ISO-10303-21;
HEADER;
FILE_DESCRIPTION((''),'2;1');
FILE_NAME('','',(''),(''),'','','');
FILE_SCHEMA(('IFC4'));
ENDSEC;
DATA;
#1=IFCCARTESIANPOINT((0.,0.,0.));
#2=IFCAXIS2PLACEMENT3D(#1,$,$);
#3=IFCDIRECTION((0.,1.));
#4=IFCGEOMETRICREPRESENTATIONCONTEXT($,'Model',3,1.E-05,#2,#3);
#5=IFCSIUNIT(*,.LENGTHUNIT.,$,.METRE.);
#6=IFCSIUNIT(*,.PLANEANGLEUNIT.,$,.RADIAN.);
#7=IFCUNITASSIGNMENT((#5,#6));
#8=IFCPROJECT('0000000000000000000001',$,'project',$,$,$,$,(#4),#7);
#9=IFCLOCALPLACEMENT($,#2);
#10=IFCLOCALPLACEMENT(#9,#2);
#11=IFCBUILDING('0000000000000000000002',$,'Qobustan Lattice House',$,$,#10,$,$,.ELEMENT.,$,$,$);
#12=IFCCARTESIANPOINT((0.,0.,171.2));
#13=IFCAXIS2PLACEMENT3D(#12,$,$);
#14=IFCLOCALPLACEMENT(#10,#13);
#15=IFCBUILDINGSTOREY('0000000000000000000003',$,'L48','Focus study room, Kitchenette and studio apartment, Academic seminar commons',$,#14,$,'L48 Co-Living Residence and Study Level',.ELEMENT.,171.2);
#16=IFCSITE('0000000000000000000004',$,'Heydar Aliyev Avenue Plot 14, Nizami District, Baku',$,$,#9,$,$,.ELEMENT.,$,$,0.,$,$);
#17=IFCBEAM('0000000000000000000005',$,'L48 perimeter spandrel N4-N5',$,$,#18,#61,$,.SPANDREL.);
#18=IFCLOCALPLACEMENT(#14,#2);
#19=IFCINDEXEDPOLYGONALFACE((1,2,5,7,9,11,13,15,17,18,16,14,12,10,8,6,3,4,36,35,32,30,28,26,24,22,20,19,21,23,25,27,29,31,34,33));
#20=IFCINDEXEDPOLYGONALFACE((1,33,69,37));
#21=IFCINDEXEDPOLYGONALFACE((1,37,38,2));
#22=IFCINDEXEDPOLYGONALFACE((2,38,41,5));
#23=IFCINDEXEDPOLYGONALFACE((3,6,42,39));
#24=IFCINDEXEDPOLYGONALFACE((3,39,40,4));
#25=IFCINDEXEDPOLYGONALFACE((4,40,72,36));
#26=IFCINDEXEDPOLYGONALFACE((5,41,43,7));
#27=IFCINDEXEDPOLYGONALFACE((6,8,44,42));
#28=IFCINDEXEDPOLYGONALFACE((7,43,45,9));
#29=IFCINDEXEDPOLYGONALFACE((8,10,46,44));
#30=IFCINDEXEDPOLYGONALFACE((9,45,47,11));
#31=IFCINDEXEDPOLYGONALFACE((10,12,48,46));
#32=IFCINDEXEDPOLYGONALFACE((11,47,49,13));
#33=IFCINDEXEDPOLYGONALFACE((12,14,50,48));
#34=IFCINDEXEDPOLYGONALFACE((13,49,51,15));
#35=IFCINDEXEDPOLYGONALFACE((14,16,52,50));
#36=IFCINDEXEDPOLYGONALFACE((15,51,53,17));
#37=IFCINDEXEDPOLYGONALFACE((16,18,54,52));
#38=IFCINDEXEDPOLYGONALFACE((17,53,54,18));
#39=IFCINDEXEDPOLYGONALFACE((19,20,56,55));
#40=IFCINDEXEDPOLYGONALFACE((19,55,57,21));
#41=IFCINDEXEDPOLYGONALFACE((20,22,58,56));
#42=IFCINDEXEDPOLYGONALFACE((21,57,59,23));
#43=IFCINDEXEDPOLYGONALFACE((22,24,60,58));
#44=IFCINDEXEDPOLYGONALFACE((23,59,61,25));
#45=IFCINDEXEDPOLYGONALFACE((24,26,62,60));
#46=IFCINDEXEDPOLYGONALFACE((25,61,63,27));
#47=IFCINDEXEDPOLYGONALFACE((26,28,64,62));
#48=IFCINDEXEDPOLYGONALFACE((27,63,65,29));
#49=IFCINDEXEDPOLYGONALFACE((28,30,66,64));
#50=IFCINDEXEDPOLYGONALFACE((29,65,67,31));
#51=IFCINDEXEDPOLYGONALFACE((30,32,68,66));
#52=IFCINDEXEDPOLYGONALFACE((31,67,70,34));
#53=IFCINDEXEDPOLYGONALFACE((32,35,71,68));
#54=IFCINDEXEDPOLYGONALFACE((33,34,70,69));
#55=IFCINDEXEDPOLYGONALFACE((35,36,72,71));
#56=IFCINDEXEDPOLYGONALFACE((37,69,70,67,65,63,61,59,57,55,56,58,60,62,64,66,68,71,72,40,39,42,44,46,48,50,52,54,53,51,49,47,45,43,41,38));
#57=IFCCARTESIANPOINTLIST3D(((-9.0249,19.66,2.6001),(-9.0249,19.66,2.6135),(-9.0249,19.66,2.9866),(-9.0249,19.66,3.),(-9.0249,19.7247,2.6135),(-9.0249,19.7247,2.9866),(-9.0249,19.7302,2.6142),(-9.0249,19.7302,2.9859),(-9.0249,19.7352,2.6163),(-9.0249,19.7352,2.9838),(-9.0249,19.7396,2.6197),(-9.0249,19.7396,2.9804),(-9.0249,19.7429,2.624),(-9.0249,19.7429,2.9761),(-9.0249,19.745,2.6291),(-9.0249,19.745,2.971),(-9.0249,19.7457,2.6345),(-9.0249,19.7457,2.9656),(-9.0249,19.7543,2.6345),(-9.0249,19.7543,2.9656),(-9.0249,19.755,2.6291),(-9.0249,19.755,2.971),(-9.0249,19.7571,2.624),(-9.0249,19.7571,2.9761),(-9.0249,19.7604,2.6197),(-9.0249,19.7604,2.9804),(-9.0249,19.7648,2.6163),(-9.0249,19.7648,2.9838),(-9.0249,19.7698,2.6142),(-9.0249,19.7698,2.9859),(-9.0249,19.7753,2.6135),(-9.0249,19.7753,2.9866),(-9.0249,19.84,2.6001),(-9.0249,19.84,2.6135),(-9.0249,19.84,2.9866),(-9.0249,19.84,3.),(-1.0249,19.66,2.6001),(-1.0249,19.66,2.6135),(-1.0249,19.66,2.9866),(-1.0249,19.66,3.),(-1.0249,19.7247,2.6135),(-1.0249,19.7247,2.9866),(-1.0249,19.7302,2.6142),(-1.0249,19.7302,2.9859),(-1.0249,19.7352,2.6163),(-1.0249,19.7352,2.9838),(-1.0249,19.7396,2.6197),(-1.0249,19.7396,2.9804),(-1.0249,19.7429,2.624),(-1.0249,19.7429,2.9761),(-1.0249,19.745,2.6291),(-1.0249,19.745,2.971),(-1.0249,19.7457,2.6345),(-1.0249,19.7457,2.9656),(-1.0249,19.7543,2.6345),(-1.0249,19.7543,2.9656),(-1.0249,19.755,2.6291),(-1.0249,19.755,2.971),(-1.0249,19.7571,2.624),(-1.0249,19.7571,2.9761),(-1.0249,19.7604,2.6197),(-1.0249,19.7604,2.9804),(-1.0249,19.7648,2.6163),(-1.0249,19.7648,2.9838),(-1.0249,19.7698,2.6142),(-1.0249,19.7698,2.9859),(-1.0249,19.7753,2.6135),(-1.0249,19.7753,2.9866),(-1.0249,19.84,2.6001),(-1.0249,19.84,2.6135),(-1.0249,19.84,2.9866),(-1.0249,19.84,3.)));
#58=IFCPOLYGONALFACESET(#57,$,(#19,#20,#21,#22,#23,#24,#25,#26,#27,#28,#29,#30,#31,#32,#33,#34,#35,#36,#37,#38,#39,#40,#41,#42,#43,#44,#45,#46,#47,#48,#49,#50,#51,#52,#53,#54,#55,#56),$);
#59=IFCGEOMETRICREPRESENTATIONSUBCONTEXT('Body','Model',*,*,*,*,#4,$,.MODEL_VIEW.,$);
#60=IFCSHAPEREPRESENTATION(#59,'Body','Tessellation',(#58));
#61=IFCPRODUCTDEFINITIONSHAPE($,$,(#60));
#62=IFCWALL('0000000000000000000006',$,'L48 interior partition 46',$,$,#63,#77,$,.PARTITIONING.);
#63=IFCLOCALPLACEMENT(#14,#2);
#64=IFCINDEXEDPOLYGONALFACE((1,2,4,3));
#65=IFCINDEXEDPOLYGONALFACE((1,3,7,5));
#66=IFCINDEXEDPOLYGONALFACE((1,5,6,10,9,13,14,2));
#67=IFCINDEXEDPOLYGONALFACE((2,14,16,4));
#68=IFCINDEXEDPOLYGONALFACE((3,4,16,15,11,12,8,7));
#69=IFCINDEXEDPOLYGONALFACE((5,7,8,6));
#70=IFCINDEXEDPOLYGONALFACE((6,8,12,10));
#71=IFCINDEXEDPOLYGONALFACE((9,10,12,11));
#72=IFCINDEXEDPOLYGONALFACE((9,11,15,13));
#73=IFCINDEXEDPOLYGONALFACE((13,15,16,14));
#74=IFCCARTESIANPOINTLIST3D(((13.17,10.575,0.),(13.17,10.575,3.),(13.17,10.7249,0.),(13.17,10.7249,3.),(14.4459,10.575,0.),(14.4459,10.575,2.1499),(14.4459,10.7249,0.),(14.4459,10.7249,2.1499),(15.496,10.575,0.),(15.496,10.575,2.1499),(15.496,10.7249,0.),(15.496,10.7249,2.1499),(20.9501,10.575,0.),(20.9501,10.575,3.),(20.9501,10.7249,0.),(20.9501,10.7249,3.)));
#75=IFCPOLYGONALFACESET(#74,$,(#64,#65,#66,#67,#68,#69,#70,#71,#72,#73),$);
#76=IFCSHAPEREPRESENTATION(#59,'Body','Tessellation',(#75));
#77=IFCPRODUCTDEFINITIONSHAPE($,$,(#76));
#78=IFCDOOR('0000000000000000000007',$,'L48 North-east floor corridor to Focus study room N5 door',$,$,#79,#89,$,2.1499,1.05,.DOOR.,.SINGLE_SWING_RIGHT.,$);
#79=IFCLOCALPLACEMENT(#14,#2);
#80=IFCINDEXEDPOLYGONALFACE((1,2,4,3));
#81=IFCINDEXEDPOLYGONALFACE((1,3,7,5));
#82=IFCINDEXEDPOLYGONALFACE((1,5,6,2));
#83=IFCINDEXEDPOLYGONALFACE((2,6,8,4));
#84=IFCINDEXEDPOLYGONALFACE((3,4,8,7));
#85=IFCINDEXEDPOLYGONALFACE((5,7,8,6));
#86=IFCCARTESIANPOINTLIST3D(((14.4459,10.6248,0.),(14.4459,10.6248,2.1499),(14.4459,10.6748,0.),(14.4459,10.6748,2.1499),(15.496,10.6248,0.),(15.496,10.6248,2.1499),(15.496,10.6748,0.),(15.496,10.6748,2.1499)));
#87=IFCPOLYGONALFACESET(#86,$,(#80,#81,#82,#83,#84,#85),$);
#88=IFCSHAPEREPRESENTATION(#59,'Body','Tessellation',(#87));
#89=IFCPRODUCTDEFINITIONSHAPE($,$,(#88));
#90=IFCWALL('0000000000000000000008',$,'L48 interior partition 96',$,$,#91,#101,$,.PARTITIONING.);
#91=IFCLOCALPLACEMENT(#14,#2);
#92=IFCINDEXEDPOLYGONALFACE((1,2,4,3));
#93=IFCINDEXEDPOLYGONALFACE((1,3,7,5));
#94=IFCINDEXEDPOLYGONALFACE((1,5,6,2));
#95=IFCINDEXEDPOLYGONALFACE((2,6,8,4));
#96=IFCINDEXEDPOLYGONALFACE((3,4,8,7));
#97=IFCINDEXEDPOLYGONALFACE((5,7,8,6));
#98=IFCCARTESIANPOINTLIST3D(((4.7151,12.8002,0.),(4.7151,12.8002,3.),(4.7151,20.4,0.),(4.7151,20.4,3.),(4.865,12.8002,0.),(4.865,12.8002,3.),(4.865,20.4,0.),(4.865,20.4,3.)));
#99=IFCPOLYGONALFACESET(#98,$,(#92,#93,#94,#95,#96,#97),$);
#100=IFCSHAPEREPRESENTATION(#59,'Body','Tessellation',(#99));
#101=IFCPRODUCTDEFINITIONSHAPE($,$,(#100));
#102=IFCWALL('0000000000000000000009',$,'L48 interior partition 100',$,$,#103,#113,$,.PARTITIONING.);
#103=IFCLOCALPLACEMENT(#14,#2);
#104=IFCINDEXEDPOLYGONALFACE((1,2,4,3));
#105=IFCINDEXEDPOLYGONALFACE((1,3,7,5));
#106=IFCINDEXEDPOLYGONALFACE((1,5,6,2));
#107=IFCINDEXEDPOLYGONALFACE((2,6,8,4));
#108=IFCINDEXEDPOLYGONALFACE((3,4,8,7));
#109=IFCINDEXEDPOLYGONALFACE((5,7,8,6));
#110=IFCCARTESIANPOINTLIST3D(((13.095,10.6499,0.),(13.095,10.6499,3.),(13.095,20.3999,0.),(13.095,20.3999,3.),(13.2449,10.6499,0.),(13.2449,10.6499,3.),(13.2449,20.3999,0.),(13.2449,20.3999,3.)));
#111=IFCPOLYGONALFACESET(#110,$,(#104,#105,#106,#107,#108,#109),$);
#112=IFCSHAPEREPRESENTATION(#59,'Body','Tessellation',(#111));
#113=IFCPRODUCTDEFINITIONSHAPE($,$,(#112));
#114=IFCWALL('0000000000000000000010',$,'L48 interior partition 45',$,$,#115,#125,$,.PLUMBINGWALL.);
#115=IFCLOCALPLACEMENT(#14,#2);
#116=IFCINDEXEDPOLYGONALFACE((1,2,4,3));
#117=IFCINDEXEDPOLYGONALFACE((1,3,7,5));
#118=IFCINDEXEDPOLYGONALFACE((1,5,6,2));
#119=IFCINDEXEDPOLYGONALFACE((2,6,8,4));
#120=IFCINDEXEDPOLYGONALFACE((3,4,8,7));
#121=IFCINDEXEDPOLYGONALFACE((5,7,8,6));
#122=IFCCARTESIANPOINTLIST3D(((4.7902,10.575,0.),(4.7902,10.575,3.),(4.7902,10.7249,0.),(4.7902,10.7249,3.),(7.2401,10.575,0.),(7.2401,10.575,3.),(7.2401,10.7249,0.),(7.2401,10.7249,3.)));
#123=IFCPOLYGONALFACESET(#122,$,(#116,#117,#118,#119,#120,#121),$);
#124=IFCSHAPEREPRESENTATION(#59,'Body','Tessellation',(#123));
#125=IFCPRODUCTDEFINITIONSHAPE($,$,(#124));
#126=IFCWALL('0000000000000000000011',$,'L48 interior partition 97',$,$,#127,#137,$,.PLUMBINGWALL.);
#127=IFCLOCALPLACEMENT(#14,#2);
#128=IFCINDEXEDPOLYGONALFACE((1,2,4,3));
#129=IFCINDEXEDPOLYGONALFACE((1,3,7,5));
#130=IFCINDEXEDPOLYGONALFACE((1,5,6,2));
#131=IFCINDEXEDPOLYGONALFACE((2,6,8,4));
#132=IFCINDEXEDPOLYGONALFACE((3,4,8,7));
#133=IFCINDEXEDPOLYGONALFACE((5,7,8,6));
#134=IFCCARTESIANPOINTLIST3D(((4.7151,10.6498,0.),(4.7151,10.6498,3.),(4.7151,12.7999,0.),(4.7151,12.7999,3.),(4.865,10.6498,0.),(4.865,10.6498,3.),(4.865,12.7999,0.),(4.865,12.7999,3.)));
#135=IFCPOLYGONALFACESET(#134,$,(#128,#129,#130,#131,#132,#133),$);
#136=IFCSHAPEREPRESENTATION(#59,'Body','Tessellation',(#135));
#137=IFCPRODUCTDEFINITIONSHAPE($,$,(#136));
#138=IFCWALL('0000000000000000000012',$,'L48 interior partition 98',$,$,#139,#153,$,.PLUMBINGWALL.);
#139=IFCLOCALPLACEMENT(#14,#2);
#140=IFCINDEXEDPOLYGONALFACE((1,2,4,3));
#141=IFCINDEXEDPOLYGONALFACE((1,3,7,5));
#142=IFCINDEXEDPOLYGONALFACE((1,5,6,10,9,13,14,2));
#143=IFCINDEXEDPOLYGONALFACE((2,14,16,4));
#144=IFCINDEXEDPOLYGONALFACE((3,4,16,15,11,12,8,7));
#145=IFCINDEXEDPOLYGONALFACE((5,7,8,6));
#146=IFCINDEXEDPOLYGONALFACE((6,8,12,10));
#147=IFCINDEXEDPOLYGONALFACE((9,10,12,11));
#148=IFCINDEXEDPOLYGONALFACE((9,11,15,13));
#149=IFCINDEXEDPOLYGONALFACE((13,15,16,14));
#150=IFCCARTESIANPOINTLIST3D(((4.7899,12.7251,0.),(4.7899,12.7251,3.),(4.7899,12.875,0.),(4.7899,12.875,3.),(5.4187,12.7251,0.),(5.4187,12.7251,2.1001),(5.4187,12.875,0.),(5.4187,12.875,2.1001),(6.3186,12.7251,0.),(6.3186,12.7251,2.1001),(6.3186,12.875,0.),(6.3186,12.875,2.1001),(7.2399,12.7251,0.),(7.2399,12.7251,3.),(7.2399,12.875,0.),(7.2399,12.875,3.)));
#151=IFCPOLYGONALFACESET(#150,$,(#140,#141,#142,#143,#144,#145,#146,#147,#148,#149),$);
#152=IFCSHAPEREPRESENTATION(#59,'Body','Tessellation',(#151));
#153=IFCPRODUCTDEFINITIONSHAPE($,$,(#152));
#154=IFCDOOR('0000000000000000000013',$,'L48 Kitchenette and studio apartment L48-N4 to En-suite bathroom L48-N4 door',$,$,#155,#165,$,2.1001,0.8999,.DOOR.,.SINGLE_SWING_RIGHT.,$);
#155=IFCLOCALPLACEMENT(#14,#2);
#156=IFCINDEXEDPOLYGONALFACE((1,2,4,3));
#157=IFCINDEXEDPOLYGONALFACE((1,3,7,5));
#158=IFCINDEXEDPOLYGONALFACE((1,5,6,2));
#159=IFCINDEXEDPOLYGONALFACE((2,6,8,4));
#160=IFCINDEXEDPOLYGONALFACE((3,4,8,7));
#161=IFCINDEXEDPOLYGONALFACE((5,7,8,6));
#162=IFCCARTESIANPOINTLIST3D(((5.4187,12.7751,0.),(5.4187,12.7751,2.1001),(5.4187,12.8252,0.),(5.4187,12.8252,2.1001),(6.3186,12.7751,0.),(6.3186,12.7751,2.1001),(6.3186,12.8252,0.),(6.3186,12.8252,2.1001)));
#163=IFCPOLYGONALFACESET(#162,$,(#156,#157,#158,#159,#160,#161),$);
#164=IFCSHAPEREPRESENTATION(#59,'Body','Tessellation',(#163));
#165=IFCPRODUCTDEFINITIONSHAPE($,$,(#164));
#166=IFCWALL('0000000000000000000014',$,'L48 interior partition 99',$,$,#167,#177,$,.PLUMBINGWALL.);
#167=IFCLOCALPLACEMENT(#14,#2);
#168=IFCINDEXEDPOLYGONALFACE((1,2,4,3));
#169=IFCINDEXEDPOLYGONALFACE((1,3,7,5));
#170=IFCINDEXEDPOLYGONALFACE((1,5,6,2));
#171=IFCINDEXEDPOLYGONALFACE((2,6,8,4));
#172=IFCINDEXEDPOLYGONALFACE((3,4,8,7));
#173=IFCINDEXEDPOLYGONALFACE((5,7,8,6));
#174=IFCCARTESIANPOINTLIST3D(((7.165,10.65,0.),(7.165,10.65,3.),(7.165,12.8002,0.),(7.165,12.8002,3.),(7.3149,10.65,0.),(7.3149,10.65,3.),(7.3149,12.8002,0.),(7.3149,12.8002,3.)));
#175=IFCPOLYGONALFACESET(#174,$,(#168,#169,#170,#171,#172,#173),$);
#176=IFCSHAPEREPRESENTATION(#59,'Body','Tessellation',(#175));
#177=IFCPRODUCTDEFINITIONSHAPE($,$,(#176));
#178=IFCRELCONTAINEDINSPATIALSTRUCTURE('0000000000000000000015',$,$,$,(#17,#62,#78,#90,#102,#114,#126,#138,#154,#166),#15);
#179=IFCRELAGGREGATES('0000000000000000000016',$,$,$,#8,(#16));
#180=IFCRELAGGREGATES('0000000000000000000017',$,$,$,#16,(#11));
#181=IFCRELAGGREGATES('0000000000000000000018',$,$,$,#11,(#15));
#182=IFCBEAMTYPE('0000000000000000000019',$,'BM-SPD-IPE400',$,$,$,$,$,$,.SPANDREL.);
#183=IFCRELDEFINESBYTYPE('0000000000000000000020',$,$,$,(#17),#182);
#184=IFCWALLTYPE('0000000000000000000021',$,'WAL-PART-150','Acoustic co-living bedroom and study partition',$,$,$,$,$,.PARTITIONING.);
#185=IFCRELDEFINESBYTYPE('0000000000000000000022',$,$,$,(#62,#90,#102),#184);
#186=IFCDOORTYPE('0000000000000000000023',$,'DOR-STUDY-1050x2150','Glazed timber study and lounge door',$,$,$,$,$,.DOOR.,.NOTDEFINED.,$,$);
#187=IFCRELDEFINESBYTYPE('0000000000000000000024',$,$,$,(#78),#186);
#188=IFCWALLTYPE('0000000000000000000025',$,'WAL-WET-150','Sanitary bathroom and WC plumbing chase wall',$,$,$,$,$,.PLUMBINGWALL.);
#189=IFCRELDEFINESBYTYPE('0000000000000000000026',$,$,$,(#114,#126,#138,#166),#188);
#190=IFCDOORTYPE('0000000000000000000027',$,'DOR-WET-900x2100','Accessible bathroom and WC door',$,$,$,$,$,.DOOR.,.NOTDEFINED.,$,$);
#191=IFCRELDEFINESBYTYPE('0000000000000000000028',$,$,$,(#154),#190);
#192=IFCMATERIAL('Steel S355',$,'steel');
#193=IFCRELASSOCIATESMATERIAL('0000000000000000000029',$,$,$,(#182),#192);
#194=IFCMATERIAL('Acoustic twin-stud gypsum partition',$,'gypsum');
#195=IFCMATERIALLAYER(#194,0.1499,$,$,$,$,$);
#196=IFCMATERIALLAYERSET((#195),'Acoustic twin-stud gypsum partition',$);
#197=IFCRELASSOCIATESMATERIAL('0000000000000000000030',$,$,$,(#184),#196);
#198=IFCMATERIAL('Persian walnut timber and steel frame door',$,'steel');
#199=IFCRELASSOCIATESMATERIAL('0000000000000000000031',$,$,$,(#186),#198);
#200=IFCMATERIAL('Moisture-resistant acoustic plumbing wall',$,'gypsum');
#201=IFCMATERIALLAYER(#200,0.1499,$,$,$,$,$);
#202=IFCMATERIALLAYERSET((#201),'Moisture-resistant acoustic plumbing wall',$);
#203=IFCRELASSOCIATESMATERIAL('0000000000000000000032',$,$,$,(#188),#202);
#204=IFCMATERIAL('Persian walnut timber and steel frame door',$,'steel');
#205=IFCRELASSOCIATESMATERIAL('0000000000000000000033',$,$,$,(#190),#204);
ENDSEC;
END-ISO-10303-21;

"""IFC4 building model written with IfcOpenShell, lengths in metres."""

from ifc_helpers import new_model, si_unit, direction, frame, frame_2d, origin, origin_2d, place, context, subcontext, project, spatial, rectangle, i_section, extrude, material, layer, layer_set, material_profile, profile_set, type_object, element, fill, save


model = new_model("IFC4")

# Units and contexts
model_context = context("Model", 3, precision=1e-05, world=origin(), true_north=direction((0.0, 1.0)))
body_context = subcontext(model_context, "Body", "Model", "MODEL_VIEW")
ifc_project = project(units=[si_unit("LENGTHUNIT", "METRE"), si_unit("PLANEANGLEUNIT", "RADIAN")], contexts=[model_context])

# Site, building, storey
site_placement = place(None, origin())
site = spatial("IfcSite", under=ifc_project, at=site_placement, Name="Heydar Aliyev Avenue Plot 14, Nizami District, Baku", CompositionType="ELEMENT", RefElevation=0.0)
building_placement = place(site_placement, origin())
building = spatial("IfcBuilding", under=site, at=building_placement, Name="Qobustan Lattice House", CompositionType="ELEMENT")
storey_placement = place(building_placement, frame((0.0, 0.0, 171.2)))
storey = spatial("IfcBuildingStorey", under=building, at=storey_placement, Name="L48", Description="Focus study room, Kitchenette and studio apartment, Academic seminar commons", LongName="L48 Co-Living Residence and Study Level", CompositionType="ELEMENT", Elevation=171.2)

# Beam
ifc_material_1 = material(Name="Steel S355", Category="steel")
ifc_material_profile_1 = material_profile(ifc_material_1, i_section(OverallWidth=0.1799, OverallDepth=0.3999, WebThickness=0.0085, FlangeThickness=0.0134, FilletRadius=0.021, at=origin_2d()), Name="IPE400")
ifc_profile_set_1 = profile_set([ifc_material_profile_1], Name="Steel S355")
beam_type_1 = type_object("IfcBeamType", Name="BM-SPD-IPE400", PredefinedType="SPANDREL", material=ifc_profile_set_1)
for number, where, z_axis, x_axis, name in (
    (1, (-1.0249, 19.75, 2.8), (-1.0, 0.0, 0.0), (0.0, -1.0, 0.0), "L48 perimeter spandrel N4-N5"),
):
    element("IfcBeam", number, at=place(storey_placement, frame(where, z_axis=z_axis, x_axis=x_axis)), inside=storey, type_object=beam_type_1, Name=name, PredefinedType="SPANDREL", context=body_context, shape_type="SweptSolid", body=[
        extrude(i_section(OverallWidth=0.1799, OverallDepth=0.3999, WebThickness=0.0085, FlangeThickness=0.0134, FilletRadius=0.021, at=origin_2d()), origin(), (0.0, 0.0, 1.0), 8.0),
    ])

# Wall, opening, door
ifc_material_2 = material(Name="Acoustic twin-stud gypsum partition", Category="gypsum")
ifc_layer_1 = layer(ifc_material_2, 0.1499)
ifc_layer_set_1 = layer_set([ifc_layer_1], Name="Acoustic twin-stud gypsum partition")
wall_type_1 = type_object("IfcWallType", Name="WAL-PART-150", Description="Acoustic co-living bedroom and study partition", PredefinedType="PARTITIONING", material=ifc_layer_set_1)
wall_1_placement = place(storey_placement, frame((13.1699, 10.6499, 0.0), z_axis=(0.0, 0.0, 1.0), x_axis=(1.0, 0.0, 0.0)))
wall_1 = element("IfcWall", 2, at=wall_1_placement, inside=storey, type_object=wall_type_1, Name="L48 interior partition 46", PredefinedType="PARTITIONING", context=body_context, shape_type="SweptSolid", body=[
    extrude(rectangle(XDim=7.78, YDim=0.1499, at=frame_2d((3.8901, 0.0))), origin(), (0.0, 0.0, 1.0), 3.0),
])
opening_1_placement = place(wall_1_placement, frame((1.2761, 0.0, 0.0)))
opening_1 = element("IfcOpeningElement", 3, at=opening_1_placement, cuts=wall_1, PredefinedType="OPENING", context=body_context, shape_type="SweptSolid", body=[
    extrude(rectangle(XDim=1.05, YDim=2.1499, at=frame_2d((0.5249, 1.075))), frame((0.0, 0.085, 0.0), z_axis=(0.0, -1.0, 0.0), x_axis=(1.0, 0.0, 0.0)), (0.0, 0.0, 1.0), 0.1699),
])
ifc_material_3 = material(Name="Persian walnut timber and steel frame door", Category="steel")
door_type_1 = type_object("IfcDoorType", Name="DOR-STUDY-1050x2150", Description="Glazed timber study and lounge door", OperationType="NOTDEFINED", PredefinedType="DOOR", material=ifc_material_3)
door_1_placement = place(opening_1_placement, origin())
door_1 = element("IfcDoor", 4, at=door_1_placement, inside=storey, type_object=door_type_1, Name="L48 North-east floor corridor to Focus study room N5 door", OperationType="SINGLE_SWING_RIGHT", OverallHeight=2.1499, OverallWidth=1.05, PredefinedType="DOOR", context=body_context, shape_type="SweptSolid", body=[
    extrude(rectangle(XDim=1.05, YDim=2.1499, at=frame_2d((0.5249, 1.075))), frame((0.0, 0.0249, 0.0), z_axis=(0.0, -1.0, 0.0), x_axis=(1.0, 0.0, 0.0)), (0.0, 0.0, 1.0), 0.05),
])
fill(opening_1, door_1)

# Walls
wall_2_placement = place(storey_placement, frame((4.79, 20.3999, 0.0), z_axis=(0.0, 0.0, 1.0), x_axis=(0.0, -1.0, 0.0)))
element("IfcWall", 5, at=wall_2_placement, inside=storey, type_object=wall_type_1, Name="L48 interior partition 96", PredefinedType="PARTITIONING", context=body_context, shape_type="SweptSolid", body=[
    extrude(rectangle(XDim=7.5999, YDim=0.1499, at=frame_2d((3.7998, 0.0))), origin(), (0.0, 0.0, 1.0), 3.0),
])
wall_3_placement = place(storey_placement, frame((13.1699, 20.3999, 0.0), z_axis=(0.0, 0.0, 1.0), x_axis=(0.0, -1.0, 0.0)))
element("IfcWall", 6, at=wall_3_placement, inside=storey, type_object=wall_type_1, Name="L48 interior partition 100", PredefinedType="PARTITIONING", context=body_context, shape_type="SweptSolid", body=[
    extrude(rectangle(XDim=9.75, YDim=0.1499, at=frame_2d((4.875, 0.0))), origin(), (0.0, 0.0, 1.0), 3.0),
])
ifc_material_4 = material(Name="Moisture-resistant acoustic plumbing wall", Category="gypsum")
ifc_layer_2 = layer(ifc_material_4, 0.1499)
ifc_layer_set_2 = layer_set([ifc_layer_2], Name="Moisture-resistant acoustic plumbing wall")
wall_type_2 = type_object("IfcWallType", Name="WAL-WET-150", Description="Sanitary bathroom and WC plumbing chase wall", PredefinedType="PLUMBINGWALL", material=ifc_layer_set_2)
wall_4_placement = place(storey_placement, frame((4.79, 10.6499, 0.0), z_axis=(0.0, 0.0, 1.0), x_axis=(1.0, 0.0, 0.0)))
element("IfcWall", 7, at=wall_4_placement, inside=storey, type_object=wall_type_2, Name="L48 interior partition 45", PredefinedType="PLUMBINGWALL", context=body_context, shape_type="SweptSolid", body=[
    extrude(rectangle(XDim=2.45, YDim=0.1499, at=frame_2d((1.2251, 0.0))), origin(), (0.0, 0.0, 1.0), 3.0),
])
wall_5_placement = place(storey_placement, frame((4.79, 12.8, 0.0), z_axis=(0.0, 0.0, 1.0), x_axis=(0.0, -1.0, 0.0)))
element("IfcWall", 8, at=wall_5_placement, inside=storey, type_object=wall_type_2, Name="L48 interior partition 97", PredefinedType="PLUMBINGWALL", context=body_context, shape_type="SweptSolid", body=[
    extrude(rectangle(XDim=2.1501, YDim=0.1499, at=frame_2d((1.0752, 0.0))), origin(), (0.0, 0.0, 1.0), 3.0),
])

# Wall, opening, door
wall_6_placement = place(storey_placement, frame((7.24, 12.8, 0.0), z_axis=(0.0, 0.0, 1.0), x_axis=(-1.0, 0.0, 0.0)))
wall_6 = element("IfcWall", 9, at=wall_6_placement, inside=storey, type_object=wall_type_2, Name="L48 interior partition 98", PredefinedType="PLUMBINGWALL", context=body_context, shape_type="SweptSolid", body=[
    extrude(rectangle(XDim=2.45, YDim=0.1499, at=frame_2d((1.2251, 0.0))), origin(), (0.0, 0.0, 1.0), 3.0),
])
opening_2_placement = place(wall_6_placement, frame((0.9214, 0.0, 0.0)))
opening_2 = element("IfcOpeningElement", 10, at=opening_2_placement, cuts=wall_6, PredefinedType="OPENING", context=body_context, shape_type="SweptSolid", body=[
    extrude(rectangle(XDim=0.8999, YDim=2.1001, at=frame_2d((0.45, 1.05))), frame((0.0, 0.085, 0.0), z_axis=(0.0, -1.0, 0.0), x_axis=(1.0, 0.0, 0.0)), (0.0, 0.0, 1.0), 0.1699),
])
ifc_material_5 = material(Name="Persian walnut timber and steel frame door", Category="steel")
door_type_2 = type_object("IfcDoorType", Name="DOR-WET-900x2100", Description="Accessible bathroom and WC door", OperationType="NOTDEFINED", PredefinedType="DOOR", material=ifc_material_5)
door_2_placement = place(opening_2_placement, origin())
door_2 = element("IfcDoor", 11, at=door_2_placement, inside=storey, type_object=door_type_2, Name="L48 Kitchenette and studio apartment L48-N4 to En-suite bathroom L48-N4 door", OperationType="SINGLE_SWING_RIGHT", OverallHeight=2.1001, OverallWidth=0.8999, PredefinedType="DOOR", context=body_context, shape_type="SweptSolid", body=[
    extrude(rectangle(XDim=0.8999, YDim=2.1001, at=frame_2d((0.45, 1.05))), frame((0.0, 0.0249, 0.0), z_axis=(0.0, -1.0, 0.0), x_axis=(1.0, 0.0, 0.0)), (0.0, 0.0, 1.0), 0.05),
])
fill(opening_2, door_2)

# Wall
wall_7_placement = place(storey_placement, frame((7.24, 10.6499, 0.0), z_axis=(0.0, 0.0, 1.0), x_axis=(0.0, 1.0, 0.0)))
element("IfcWall", 12, at=wall_7_placement, inside=storey, type_object=wall_type_2, Name="L48 interior partition 99", PredefinedType="PLUMBINGWALL", context=body_context, shape_type="SweptSolid", body=[
    extrude(rectangle(XDim=2.1501, YDim=0.1499, at=frame_2d((1.0752, 0.0))), origin(), (0.0, 0.0, 1.0), 3.0),
])

save(model, "model.ifc")
